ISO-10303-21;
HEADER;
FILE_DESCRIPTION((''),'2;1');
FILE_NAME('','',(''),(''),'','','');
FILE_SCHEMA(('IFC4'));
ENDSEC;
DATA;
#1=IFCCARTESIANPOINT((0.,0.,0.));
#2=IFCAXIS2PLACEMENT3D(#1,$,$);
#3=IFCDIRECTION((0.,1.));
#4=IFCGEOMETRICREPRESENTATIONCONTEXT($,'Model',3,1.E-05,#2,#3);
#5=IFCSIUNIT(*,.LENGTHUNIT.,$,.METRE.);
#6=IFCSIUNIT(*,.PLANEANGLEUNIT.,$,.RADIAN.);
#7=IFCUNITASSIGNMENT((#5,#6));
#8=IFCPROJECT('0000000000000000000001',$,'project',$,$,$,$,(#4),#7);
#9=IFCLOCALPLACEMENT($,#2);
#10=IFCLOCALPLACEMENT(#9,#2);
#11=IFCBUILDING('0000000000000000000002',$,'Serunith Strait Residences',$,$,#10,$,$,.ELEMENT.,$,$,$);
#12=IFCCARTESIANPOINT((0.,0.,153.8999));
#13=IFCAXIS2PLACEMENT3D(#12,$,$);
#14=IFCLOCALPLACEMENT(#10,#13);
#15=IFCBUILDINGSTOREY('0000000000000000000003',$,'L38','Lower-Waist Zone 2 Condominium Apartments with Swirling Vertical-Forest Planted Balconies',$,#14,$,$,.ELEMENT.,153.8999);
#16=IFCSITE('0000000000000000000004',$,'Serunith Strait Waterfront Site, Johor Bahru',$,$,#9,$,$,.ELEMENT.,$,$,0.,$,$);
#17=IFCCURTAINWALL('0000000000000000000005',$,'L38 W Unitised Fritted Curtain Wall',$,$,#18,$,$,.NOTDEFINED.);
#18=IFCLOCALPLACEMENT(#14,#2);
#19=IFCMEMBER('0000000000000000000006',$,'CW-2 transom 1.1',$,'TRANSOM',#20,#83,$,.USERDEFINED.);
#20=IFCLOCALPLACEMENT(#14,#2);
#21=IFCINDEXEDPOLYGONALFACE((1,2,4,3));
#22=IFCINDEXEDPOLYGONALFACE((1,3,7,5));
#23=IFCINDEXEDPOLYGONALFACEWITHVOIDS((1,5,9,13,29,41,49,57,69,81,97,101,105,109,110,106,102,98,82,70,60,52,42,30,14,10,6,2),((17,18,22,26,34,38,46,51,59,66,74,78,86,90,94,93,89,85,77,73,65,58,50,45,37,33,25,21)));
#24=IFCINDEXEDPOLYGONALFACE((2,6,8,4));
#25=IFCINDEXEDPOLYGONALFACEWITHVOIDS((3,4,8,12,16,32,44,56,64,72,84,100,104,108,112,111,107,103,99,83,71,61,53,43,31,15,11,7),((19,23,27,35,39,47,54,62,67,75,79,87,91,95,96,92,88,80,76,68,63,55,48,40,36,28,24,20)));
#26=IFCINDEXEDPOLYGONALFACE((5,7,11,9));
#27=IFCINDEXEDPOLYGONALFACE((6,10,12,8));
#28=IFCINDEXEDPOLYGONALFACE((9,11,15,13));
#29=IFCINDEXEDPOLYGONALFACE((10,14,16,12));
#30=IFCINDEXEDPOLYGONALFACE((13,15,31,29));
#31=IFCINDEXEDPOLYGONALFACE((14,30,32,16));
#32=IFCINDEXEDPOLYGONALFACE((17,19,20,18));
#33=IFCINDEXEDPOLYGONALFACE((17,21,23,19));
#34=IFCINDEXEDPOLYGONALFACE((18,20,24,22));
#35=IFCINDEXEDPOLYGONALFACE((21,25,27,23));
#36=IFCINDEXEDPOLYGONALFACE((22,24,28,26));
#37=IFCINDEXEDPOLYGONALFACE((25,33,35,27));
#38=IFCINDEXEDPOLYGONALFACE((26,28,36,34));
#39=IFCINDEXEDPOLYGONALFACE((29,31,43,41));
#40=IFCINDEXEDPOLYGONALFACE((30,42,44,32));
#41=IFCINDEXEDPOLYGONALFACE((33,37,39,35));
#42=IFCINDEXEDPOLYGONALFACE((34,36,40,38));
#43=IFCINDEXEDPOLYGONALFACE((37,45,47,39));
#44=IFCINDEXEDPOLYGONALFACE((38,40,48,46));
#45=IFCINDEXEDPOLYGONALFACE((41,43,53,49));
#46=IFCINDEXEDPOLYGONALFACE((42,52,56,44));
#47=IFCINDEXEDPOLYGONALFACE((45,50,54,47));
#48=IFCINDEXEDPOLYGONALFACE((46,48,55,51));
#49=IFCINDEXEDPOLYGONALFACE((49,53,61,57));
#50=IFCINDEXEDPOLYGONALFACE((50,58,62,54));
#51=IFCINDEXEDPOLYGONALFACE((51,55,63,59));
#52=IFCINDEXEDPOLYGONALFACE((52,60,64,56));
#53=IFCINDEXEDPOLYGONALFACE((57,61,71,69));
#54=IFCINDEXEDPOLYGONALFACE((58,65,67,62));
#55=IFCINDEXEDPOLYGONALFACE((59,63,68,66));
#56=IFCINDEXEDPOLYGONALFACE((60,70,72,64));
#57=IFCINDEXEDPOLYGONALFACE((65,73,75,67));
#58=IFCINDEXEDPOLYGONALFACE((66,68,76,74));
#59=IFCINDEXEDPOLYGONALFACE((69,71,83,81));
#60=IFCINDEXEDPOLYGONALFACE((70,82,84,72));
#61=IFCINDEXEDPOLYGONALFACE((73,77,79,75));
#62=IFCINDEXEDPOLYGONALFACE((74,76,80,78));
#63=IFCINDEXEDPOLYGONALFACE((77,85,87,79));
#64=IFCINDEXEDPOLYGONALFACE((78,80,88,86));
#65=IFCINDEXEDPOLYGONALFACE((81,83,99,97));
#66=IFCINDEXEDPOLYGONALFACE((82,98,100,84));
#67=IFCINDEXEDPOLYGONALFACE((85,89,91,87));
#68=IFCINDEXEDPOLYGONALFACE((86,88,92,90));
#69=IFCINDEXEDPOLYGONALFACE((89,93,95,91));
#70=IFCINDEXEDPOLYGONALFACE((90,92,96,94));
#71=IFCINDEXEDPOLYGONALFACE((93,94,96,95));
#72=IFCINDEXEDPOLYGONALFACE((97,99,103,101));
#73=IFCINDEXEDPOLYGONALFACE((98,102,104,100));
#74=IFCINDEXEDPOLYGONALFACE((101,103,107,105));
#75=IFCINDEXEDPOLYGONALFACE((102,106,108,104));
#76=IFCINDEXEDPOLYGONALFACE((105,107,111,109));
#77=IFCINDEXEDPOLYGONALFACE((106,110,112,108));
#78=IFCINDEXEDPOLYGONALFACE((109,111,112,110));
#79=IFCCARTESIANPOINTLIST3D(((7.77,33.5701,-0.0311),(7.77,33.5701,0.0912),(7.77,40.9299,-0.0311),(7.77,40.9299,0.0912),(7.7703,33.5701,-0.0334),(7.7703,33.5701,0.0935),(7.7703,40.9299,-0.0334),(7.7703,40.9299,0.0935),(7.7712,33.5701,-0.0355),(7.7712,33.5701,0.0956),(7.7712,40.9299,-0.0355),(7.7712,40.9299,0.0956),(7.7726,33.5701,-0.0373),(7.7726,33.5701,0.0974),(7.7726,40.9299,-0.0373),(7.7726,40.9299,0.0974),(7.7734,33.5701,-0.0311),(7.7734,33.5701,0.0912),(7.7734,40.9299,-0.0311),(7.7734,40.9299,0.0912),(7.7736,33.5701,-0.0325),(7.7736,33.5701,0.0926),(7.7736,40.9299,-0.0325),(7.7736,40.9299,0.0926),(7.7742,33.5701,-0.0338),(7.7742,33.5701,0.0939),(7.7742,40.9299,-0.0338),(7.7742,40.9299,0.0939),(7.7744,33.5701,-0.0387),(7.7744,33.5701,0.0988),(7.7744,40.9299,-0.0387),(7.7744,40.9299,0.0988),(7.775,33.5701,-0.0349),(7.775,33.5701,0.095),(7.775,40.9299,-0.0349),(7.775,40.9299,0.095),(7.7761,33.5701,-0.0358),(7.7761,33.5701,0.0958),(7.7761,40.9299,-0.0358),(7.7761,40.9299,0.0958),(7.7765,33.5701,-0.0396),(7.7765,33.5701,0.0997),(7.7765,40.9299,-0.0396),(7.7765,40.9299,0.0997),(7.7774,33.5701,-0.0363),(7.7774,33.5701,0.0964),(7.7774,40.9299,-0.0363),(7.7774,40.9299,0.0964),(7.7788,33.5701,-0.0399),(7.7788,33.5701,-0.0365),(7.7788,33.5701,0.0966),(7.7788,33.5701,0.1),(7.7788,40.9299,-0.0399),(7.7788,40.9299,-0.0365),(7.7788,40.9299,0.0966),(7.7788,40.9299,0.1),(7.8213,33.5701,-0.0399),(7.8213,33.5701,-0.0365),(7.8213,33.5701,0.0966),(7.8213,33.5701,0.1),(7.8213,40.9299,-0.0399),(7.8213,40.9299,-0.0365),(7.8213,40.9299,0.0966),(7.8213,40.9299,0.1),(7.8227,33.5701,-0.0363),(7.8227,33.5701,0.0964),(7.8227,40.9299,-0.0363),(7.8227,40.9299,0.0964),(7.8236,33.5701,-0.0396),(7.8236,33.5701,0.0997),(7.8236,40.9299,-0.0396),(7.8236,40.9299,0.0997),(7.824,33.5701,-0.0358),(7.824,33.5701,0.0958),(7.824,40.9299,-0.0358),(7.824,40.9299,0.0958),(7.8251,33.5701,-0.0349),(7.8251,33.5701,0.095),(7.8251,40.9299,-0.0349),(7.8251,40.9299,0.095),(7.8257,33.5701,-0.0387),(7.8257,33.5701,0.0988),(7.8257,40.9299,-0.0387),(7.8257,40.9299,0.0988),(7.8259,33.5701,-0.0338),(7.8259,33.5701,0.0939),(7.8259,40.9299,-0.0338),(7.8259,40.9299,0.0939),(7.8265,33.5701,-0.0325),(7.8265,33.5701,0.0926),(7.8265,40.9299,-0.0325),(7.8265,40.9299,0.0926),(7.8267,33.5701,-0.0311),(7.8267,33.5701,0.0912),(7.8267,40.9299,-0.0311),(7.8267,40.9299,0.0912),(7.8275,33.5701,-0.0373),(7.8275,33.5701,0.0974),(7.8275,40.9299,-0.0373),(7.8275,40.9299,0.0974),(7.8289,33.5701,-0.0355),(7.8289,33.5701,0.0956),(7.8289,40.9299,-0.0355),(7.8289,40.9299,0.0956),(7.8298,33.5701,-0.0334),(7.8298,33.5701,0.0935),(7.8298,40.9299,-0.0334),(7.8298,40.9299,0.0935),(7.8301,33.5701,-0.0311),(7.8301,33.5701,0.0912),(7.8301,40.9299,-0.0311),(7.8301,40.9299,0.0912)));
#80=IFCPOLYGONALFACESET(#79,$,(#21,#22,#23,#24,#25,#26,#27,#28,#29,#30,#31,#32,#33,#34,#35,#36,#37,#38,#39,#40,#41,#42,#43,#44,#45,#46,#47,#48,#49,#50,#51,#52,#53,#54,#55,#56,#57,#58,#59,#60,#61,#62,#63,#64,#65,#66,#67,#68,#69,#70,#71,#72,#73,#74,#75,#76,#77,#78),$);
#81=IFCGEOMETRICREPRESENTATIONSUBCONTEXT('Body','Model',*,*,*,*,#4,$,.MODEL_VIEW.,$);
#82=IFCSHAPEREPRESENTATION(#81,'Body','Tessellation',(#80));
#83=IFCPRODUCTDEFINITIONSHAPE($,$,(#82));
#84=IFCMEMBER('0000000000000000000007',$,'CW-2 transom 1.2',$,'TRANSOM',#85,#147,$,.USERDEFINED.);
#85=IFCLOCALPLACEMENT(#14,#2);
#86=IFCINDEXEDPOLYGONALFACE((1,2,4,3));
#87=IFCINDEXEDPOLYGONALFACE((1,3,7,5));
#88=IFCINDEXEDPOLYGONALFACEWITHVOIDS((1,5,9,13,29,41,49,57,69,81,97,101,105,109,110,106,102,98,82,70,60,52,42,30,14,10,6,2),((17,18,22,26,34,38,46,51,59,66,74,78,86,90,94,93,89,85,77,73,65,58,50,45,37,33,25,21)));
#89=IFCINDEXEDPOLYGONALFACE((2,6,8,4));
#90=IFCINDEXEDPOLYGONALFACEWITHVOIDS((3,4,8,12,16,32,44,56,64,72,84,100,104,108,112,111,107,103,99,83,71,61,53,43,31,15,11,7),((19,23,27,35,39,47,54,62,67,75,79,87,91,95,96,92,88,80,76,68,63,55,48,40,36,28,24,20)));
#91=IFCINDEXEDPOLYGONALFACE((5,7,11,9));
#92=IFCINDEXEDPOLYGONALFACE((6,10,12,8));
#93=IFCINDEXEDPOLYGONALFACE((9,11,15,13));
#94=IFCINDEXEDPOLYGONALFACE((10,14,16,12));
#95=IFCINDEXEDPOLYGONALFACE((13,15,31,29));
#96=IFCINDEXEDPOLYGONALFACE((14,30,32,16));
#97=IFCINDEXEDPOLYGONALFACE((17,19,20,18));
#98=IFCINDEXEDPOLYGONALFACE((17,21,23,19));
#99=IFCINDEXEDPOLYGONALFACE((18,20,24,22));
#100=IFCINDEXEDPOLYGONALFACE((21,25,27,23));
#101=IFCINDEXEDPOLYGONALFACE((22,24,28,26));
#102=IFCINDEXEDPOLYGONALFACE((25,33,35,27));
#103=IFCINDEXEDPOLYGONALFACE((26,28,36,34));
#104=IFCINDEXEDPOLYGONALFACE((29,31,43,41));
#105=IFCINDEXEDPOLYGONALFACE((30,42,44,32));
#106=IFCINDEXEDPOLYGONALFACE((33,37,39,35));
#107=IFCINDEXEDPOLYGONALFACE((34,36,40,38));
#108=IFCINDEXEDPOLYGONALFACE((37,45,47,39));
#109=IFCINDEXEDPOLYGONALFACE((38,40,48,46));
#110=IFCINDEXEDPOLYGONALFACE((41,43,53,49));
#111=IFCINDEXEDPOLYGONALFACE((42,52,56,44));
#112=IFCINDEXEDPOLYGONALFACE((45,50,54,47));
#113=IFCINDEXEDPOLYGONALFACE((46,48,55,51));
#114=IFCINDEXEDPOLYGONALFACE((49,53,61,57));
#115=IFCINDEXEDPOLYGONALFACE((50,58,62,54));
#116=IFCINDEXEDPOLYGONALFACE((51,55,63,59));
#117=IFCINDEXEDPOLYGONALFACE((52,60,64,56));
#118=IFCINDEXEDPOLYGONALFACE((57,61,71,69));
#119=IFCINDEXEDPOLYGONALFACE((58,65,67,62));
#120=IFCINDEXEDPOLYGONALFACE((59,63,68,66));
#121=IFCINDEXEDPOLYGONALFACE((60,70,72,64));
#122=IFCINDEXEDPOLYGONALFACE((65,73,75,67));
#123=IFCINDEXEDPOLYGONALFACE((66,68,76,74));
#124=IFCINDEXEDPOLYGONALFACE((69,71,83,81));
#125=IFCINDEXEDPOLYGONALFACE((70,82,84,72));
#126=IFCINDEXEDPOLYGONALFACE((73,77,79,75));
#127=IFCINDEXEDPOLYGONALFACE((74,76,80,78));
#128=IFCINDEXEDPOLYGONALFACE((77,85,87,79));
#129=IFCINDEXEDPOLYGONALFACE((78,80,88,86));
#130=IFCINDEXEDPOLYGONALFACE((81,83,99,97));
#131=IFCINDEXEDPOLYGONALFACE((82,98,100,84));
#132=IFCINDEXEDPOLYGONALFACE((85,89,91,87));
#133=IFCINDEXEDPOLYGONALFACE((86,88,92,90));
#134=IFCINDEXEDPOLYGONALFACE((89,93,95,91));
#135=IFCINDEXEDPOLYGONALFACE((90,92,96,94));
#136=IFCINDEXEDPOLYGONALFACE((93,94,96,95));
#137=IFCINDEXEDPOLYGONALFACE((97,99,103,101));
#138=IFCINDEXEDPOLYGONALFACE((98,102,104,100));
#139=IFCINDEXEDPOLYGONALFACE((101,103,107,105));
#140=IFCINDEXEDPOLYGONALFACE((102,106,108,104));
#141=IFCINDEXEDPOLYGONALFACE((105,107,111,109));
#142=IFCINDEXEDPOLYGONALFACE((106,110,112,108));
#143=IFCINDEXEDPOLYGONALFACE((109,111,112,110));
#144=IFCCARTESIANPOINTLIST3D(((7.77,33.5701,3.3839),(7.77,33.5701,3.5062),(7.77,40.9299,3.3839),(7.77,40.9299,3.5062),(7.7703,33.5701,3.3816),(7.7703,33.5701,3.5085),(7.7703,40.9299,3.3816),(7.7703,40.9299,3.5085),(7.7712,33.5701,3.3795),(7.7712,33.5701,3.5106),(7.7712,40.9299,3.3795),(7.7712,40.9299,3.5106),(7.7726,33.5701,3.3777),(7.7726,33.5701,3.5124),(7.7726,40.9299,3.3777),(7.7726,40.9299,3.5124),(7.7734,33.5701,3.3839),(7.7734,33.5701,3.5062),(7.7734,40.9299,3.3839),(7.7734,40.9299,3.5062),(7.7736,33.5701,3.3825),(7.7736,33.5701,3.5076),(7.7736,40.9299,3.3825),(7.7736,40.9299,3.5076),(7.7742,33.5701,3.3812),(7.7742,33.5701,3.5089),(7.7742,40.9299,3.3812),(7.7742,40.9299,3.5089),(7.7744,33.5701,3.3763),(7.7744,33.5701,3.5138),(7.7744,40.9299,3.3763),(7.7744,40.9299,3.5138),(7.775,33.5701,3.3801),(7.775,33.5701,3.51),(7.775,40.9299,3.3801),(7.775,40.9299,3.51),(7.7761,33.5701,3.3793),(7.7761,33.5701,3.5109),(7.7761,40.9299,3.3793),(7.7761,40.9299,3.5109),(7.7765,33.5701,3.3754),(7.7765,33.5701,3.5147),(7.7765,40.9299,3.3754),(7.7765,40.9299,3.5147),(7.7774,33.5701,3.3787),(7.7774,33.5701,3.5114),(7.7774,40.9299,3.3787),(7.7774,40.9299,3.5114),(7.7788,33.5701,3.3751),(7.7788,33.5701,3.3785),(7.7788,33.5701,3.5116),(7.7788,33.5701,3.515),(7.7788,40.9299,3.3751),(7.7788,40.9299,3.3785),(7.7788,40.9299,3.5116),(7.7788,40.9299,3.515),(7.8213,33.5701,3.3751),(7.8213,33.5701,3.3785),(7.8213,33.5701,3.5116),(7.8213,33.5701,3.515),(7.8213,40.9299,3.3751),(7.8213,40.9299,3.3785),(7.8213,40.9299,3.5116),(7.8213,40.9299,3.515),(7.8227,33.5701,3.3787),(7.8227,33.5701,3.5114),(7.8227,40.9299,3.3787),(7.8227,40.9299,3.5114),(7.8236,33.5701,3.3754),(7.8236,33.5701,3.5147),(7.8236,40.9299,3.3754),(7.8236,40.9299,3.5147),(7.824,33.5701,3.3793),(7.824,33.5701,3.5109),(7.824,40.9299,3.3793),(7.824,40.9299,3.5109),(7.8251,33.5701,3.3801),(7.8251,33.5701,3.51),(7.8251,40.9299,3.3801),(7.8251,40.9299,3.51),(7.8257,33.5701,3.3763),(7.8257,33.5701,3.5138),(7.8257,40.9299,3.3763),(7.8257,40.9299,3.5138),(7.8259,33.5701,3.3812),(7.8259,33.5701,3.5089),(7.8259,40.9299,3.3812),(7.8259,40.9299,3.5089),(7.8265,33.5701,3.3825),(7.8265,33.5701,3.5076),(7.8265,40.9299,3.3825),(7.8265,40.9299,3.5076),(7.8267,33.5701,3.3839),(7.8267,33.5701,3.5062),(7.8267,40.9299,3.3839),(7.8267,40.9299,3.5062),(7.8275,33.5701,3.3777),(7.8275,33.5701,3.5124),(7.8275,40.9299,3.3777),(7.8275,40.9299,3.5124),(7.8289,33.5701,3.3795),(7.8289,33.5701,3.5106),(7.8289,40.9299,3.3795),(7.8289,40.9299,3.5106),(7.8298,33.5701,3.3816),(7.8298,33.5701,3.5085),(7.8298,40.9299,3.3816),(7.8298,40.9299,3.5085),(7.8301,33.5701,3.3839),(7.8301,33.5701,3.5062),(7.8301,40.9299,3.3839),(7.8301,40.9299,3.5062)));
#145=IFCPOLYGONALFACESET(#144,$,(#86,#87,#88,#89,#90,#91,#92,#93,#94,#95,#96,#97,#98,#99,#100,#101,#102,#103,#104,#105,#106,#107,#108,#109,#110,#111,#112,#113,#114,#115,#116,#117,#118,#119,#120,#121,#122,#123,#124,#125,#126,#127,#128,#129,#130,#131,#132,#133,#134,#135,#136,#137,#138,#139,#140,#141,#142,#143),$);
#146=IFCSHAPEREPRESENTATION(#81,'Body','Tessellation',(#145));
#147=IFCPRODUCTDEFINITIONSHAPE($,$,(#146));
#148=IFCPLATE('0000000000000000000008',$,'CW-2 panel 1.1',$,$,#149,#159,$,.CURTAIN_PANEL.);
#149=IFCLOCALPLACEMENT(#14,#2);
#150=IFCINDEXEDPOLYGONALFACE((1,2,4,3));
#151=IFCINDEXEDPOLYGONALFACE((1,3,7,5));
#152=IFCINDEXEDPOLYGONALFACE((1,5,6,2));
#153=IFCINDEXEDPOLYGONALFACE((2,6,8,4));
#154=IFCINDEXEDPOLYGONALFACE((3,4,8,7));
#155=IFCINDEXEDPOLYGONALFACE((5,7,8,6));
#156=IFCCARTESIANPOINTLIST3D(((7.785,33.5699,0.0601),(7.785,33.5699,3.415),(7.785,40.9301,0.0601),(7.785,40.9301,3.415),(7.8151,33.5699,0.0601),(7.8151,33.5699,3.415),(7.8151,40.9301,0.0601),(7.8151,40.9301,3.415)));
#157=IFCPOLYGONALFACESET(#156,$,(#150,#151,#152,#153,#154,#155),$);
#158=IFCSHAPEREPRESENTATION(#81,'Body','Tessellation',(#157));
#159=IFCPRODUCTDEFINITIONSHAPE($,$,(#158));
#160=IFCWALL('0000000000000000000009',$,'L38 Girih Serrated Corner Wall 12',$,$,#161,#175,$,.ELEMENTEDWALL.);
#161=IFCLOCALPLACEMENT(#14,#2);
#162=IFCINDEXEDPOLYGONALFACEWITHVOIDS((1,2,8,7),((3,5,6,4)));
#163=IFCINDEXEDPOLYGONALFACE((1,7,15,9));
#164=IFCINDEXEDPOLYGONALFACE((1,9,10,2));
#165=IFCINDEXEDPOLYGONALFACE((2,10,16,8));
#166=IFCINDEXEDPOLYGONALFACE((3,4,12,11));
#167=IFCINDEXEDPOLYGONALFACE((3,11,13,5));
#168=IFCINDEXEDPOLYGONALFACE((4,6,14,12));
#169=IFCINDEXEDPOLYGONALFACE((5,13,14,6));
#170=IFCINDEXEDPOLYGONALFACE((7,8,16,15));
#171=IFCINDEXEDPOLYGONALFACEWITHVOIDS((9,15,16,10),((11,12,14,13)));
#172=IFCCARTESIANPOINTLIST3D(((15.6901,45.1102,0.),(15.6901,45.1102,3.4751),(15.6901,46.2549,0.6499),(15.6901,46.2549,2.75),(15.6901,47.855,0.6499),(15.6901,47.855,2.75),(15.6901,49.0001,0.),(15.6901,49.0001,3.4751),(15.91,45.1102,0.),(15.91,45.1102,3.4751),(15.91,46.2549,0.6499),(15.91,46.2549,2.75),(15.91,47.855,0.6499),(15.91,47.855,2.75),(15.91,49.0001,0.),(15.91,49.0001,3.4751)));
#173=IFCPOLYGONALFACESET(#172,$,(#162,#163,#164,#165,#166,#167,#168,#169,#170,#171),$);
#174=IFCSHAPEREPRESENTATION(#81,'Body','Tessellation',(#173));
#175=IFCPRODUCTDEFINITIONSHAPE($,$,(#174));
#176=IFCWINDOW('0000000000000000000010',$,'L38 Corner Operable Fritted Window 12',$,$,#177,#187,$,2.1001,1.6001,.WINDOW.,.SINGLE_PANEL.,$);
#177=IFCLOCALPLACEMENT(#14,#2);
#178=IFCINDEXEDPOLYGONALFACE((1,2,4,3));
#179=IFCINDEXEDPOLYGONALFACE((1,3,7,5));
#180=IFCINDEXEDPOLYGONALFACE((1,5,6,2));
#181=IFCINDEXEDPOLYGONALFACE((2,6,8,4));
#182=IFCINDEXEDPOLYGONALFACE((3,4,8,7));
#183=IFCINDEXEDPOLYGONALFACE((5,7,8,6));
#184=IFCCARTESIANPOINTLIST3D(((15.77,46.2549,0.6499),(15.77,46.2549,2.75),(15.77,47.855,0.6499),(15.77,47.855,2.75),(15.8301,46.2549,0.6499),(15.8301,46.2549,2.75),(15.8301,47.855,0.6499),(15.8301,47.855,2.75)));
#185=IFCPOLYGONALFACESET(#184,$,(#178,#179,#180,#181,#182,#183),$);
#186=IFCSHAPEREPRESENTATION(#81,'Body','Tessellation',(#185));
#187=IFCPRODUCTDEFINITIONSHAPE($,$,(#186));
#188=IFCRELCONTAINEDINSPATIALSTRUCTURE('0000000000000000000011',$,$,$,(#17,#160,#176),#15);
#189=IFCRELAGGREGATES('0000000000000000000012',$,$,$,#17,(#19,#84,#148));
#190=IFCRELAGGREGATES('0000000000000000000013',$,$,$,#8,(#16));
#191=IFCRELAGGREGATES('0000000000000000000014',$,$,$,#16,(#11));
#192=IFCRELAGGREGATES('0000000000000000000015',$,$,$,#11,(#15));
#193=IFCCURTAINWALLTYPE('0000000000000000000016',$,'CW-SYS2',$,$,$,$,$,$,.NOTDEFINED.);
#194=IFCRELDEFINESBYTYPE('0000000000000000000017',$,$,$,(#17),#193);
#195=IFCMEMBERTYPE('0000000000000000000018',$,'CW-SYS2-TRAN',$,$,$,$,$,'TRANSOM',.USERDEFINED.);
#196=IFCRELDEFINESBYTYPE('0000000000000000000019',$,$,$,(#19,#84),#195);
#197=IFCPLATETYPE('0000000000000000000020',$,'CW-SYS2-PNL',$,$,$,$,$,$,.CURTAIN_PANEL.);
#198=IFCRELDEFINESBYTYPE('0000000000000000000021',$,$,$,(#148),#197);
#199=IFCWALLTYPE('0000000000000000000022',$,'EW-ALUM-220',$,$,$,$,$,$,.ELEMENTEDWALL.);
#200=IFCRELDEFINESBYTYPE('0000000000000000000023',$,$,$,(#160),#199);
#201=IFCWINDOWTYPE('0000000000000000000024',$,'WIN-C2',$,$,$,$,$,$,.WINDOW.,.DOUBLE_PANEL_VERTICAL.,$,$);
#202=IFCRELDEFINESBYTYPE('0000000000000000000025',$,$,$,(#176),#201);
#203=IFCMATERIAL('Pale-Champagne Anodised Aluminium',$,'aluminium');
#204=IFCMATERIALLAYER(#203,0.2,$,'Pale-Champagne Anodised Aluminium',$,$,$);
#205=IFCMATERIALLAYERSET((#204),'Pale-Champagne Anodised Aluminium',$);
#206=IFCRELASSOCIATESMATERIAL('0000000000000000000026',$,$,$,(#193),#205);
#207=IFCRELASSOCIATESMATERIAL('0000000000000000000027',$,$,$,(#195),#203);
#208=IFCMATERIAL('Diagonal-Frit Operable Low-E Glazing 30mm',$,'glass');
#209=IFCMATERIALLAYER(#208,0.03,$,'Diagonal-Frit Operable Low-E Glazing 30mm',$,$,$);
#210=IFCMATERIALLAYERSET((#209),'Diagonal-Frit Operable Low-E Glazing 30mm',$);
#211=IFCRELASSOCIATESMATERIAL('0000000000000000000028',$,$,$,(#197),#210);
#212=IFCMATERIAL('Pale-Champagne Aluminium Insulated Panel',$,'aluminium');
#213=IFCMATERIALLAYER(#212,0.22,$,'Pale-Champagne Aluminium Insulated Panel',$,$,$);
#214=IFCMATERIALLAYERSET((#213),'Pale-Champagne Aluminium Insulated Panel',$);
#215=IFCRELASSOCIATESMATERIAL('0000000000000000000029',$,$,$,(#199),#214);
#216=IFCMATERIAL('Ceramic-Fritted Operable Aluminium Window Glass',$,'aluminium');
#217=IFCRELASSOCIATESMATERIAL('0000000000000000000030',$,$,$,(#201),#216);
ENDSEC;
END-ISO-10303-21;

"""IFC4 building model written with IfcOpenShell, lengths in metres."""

from ifc_helpers import new_model, si_unit, direction, frame, frame_2d, origin, origin_2d, place, context, subcontext, project, spatial, rectangle, hollow_rectangle, extrude, source, transform, mapped, material, layer, layer_set, material_profile, profile_set, type_object, element, fill, aggregate, save


model = new_model("IFC4")

# Units and contexts
model_context = context("Model", 3, precision=1e-05, world=origin(), true_north=direction((0.0, 1.0)))
body_context = subcontext(model_context, "Body", "Model", "MODEL_VIEW")
ifc_project = project(units=[si_unit("LENGTHUNIT", "METRE"), si_unit("PLANEANGLEUNIT", "RADIAN")], contexts=[model_context])

# Site, building, storey
site_placement = place(None, origin())
site = spatial("IfcSite", under=ifc_project, at=site_placement, Name="Serunith Strait Waterfront Site, Johor Bahru", CompositionType="ELEMENT", RefElevation=0.0)
building_placement = place(site_placement, origin())
building = spatial("IfcBuilding", under=site, at=building_placement, Name="Serunith Strait Residences", CompositionType="ELEMENT")
storey_placement = place(building_placement, frame((0.0, 0.0, 153.8999)))
storey = spatial("IfcBuildingStorey", under=building, at=storey_placement, Name="L38", Description="Lower-Waist Zone 2 Condominium Apartments with Swirling Vertical-Forest Planted Balconies", CompositionType="ELEMENT", Elevation=153.8999)

# Shared definitions
ifc_material_1 = material(Name="Pale-Champagne Anodised Aluminium", Category="aluminium")
ifc_layer_1 = layer(ifc_material_1, 0.2, Name="Pale-Champagne Anodised Aluminium")
ifc_layer_set_1 = layer_set([ifc_layer_1], Name="Pale-Champagne Anodised Aluminium")
curtain_wall_type = type_object("IfcCurtainWallType", Name="CW-SYS2", PredefinedType="NOTDEFINED", material=ifc_layer_set_1)

# Curtain wall, members, plate
curtain_wall_1_placement = place(storey_placement, origin())
curtain_wall_1 = element("IfcCurtainWall", 1, at=curtain_wall_1_placement, inside=storey, type_object=curtain_wall_type, Name="L38 W Unitised Fritted Curtain Wall", PredefinedType="NOTDEFINED")
ifc_material_profile_1 = material_profile(ifc_material_1, hollow_rectangle(XDim=0.0601, YDim=0.1399, WallThickness=0.0034, InnerFilletRadius=0.0054, OuterFilletRadius=0.0088, at=origin_2d()), Name="ALU 140x60x3.5")
ifc_profile_set_1 = profile_set([ifc_material_profile_1], Name="Pale-Champagne Anodised Aluminium")
member_type_1 = type_object("IfcMemberType", Name="CW-SYS2-TRAN", ElementType="TRANSOM", PredefinedType="USERDEFINED", material=ifc_profile_set_1)
shared_shape_1 = source(origin(), body_context, "Body", "SweptSolid", [
    extrude(hollow_rectangle(XDim=0.0601, YDim=0.1399, WallThickness=0.0034, InnerFilletRadius=0.0054, OuterFilletRadius=0.0088, at=origin_2d()), origin(), (0.0, 0.0, 1.0), 7.3599),
])
member_1_placement = place(storey_placement, frame((7.8, 40.9299, 0.03), z_axis=(0.0, -1.0, 0.0), x_axis=(1.0, 0.0, 0.0)))
member_1 = element("IfcMember", 2, at=member_1_placement, type_object=member_type_1, Name="CW-2 transom 1.1", ObjectType="TRANSOM", PredefinedType="USERDEFINED", context=body_context, shape_type="MappedRepresentation", body=[
    mapped(shared_shape_1, transform((0.0, 0.0, 0.0), scale=1.0)),
])
member_2_placement = place(storey_placement, frame((7.8, 40.9299, 3.4451), z_axis=(0.0, -1.0, 0.0), x_axis=(1.0, 0.0, 0.0)))
member_2 = element("IfcMember", 3, at=member_2_placement, type_object=member_type_1, Name="CW-2 transom 1.2", ObjectType="TRANSOM", PredefinedType="USERDEFINED", context=body_context, shape_type="MappedRepresentation", body=[
    mapped(shared_shape_1, transform((0.0, 0.0, 0.0), scale=1.0)),
])
ifc_material_2 = material(Name="Diagonal-Frit Operable Low-E Glazing 30mm", Category="glass")
ifc_layer_2 = layer(ifc_material_2, 0.03, Name="Diagonal-Frit Operable Low-E Glazing 30mm")
ifc_layer_set_2 = layer_set([ifc_layer_2], Name="Diagonal-Frit Operable Low-E Glazing 30mm")
plate_type = type_object("IfcPlateType", Name="CW-SYS2-PNL", PredefinedType="CURTAIN_PANEL", material=ifc_layer_set_2)
shared_shape_2 = source(origin(), body_context, "Body", "SweptSolid", [
    extrude(rectangle(XDim=7.3601, YDim=0.03, at=origin_2d()), origin(), (0.0, 0.0, 1.0), 3.355),
])
plate_placement = place(storey_placement, frame((7.8, 37.25, 0.0601), z_axis=(0.0, 0.0, 1.0), x_axis=(0.0, -1.0, 0.0)))
plate = element("IfcPlate", 4, at=plate_placement, type_object=plate_type, Name="CW-2 panel 1.1", PredefinedType="CURTAIN_PANEL", context=body_context, shape_type="MappedRepresentation", body=[
    mapped(shared_shape_2, transform((0.0, 0.0, 0.0), scale=1.0)),
])
aggregate(curtain_wall_1, [member_1, member_2, plate])

# Wall, opening, window
ifc_material_3 = material(Name="Pale-Champagne Aluminium Insulated Panel", Category="aluminium")
ifc_layer_3 = layer(ifc_material_3, 0.22, Name="Pale-Champagne Aluminium Insulated Panel")
ifc_layer_set_3 = layer_set([ifc_layer_3], Name="Pale-Champagne Aluminium Insulated Panel")
wall_type_1 = type_object("IfcWallType", Name="EW-ALUM-220", PredefinedType="ELEMENTEDWALL", material=ifc_layer_set_3)
wall_1_placement = place(storey_placement, frame((15.8, 49.0, 0.0), z_axis=(0.0, 0.0, 1.0), x_axis=(0.0, -1.0, 0.0)))
wall_1 = element("IfcWall", 5, at=wall_1_placement, inside=storey, type_object=wall_type_1, Name="L38 Girih Serrated Corner Wall 12", PredefinedType="ELEMENTEDWALL", context=body_context, shape_type="SweptSolid", body=[
    extrude(rectangle(XDim=3.8899, YDim=0.22, at=frame_2d((1.9448, 0.0))), origin(), (0.0, 0.0, 1.0), 3.4751),
])
opening_1_placement = place(wall_1_placement, frame((1.145, 0.0, 0.6499)))
opening_1 = element("IfcOpeningElement", 6, at=opening_1_placement, cuts=wall_1, PredefinedType="OPENING", context=body_context, shape_type="SweptSolid", body=[
    extrude(rectangle(XDim=1.6001, YDim=2.1001, at=frame_2d((0.8, 1.05))), frame((0.0, 0.1201, 0.0), z_axis=(0.0, -1.0, 0.0), x_axis=(1.0, 0.0, 0.0)), (0.0, 0.0, 1.0), 0.24),
])
ifc_material_4 = material(Name="Ceramic-Fritted Operable Aluminium Window Glass", Category="aluminium")
window_type = type_object("IfcWindowType", Name="WIN-C2", PartitioningType="DOUBLE_PANEL_VERTICAL", PredefinedType="WINDOW", material=ifc_material_4)
shared_shape_3 = source(origin(), body_context, "Body", "SweptSolid", [
    extrude(rectangle(XDim=1.6001, YDim=2.1001, at=frame_2d((0.8, 1.05))), frame((0.0, 0.03, 0.0), z_axis=(0.0, -1.0, 0.0), x_axis=(1.0, 0.0, 0.0)), (0.0, 0.0, 1.0), 0.0601),
])
window_1_placement = place(opening_1_placement, origin())
window_1 = element("IfcWindow", 7, at=window_1_placement, inside=storey, type_object=window_type, Name="L38 Corner Operable Fritted Window 12", OverallHeight=2.1001, OverallWidth=1.6001, PartitioningType="SINGLE_PANEL", PredefinedType="WINDOW", context=body_context, shape_type="MappedRepresentation", body=[
    mapped(shared_shape_3, transform((0.0, 0.0, 0.0), scale=1.0)),
])
fill(opening_1, window_1)

save(model, "model.ifc")
